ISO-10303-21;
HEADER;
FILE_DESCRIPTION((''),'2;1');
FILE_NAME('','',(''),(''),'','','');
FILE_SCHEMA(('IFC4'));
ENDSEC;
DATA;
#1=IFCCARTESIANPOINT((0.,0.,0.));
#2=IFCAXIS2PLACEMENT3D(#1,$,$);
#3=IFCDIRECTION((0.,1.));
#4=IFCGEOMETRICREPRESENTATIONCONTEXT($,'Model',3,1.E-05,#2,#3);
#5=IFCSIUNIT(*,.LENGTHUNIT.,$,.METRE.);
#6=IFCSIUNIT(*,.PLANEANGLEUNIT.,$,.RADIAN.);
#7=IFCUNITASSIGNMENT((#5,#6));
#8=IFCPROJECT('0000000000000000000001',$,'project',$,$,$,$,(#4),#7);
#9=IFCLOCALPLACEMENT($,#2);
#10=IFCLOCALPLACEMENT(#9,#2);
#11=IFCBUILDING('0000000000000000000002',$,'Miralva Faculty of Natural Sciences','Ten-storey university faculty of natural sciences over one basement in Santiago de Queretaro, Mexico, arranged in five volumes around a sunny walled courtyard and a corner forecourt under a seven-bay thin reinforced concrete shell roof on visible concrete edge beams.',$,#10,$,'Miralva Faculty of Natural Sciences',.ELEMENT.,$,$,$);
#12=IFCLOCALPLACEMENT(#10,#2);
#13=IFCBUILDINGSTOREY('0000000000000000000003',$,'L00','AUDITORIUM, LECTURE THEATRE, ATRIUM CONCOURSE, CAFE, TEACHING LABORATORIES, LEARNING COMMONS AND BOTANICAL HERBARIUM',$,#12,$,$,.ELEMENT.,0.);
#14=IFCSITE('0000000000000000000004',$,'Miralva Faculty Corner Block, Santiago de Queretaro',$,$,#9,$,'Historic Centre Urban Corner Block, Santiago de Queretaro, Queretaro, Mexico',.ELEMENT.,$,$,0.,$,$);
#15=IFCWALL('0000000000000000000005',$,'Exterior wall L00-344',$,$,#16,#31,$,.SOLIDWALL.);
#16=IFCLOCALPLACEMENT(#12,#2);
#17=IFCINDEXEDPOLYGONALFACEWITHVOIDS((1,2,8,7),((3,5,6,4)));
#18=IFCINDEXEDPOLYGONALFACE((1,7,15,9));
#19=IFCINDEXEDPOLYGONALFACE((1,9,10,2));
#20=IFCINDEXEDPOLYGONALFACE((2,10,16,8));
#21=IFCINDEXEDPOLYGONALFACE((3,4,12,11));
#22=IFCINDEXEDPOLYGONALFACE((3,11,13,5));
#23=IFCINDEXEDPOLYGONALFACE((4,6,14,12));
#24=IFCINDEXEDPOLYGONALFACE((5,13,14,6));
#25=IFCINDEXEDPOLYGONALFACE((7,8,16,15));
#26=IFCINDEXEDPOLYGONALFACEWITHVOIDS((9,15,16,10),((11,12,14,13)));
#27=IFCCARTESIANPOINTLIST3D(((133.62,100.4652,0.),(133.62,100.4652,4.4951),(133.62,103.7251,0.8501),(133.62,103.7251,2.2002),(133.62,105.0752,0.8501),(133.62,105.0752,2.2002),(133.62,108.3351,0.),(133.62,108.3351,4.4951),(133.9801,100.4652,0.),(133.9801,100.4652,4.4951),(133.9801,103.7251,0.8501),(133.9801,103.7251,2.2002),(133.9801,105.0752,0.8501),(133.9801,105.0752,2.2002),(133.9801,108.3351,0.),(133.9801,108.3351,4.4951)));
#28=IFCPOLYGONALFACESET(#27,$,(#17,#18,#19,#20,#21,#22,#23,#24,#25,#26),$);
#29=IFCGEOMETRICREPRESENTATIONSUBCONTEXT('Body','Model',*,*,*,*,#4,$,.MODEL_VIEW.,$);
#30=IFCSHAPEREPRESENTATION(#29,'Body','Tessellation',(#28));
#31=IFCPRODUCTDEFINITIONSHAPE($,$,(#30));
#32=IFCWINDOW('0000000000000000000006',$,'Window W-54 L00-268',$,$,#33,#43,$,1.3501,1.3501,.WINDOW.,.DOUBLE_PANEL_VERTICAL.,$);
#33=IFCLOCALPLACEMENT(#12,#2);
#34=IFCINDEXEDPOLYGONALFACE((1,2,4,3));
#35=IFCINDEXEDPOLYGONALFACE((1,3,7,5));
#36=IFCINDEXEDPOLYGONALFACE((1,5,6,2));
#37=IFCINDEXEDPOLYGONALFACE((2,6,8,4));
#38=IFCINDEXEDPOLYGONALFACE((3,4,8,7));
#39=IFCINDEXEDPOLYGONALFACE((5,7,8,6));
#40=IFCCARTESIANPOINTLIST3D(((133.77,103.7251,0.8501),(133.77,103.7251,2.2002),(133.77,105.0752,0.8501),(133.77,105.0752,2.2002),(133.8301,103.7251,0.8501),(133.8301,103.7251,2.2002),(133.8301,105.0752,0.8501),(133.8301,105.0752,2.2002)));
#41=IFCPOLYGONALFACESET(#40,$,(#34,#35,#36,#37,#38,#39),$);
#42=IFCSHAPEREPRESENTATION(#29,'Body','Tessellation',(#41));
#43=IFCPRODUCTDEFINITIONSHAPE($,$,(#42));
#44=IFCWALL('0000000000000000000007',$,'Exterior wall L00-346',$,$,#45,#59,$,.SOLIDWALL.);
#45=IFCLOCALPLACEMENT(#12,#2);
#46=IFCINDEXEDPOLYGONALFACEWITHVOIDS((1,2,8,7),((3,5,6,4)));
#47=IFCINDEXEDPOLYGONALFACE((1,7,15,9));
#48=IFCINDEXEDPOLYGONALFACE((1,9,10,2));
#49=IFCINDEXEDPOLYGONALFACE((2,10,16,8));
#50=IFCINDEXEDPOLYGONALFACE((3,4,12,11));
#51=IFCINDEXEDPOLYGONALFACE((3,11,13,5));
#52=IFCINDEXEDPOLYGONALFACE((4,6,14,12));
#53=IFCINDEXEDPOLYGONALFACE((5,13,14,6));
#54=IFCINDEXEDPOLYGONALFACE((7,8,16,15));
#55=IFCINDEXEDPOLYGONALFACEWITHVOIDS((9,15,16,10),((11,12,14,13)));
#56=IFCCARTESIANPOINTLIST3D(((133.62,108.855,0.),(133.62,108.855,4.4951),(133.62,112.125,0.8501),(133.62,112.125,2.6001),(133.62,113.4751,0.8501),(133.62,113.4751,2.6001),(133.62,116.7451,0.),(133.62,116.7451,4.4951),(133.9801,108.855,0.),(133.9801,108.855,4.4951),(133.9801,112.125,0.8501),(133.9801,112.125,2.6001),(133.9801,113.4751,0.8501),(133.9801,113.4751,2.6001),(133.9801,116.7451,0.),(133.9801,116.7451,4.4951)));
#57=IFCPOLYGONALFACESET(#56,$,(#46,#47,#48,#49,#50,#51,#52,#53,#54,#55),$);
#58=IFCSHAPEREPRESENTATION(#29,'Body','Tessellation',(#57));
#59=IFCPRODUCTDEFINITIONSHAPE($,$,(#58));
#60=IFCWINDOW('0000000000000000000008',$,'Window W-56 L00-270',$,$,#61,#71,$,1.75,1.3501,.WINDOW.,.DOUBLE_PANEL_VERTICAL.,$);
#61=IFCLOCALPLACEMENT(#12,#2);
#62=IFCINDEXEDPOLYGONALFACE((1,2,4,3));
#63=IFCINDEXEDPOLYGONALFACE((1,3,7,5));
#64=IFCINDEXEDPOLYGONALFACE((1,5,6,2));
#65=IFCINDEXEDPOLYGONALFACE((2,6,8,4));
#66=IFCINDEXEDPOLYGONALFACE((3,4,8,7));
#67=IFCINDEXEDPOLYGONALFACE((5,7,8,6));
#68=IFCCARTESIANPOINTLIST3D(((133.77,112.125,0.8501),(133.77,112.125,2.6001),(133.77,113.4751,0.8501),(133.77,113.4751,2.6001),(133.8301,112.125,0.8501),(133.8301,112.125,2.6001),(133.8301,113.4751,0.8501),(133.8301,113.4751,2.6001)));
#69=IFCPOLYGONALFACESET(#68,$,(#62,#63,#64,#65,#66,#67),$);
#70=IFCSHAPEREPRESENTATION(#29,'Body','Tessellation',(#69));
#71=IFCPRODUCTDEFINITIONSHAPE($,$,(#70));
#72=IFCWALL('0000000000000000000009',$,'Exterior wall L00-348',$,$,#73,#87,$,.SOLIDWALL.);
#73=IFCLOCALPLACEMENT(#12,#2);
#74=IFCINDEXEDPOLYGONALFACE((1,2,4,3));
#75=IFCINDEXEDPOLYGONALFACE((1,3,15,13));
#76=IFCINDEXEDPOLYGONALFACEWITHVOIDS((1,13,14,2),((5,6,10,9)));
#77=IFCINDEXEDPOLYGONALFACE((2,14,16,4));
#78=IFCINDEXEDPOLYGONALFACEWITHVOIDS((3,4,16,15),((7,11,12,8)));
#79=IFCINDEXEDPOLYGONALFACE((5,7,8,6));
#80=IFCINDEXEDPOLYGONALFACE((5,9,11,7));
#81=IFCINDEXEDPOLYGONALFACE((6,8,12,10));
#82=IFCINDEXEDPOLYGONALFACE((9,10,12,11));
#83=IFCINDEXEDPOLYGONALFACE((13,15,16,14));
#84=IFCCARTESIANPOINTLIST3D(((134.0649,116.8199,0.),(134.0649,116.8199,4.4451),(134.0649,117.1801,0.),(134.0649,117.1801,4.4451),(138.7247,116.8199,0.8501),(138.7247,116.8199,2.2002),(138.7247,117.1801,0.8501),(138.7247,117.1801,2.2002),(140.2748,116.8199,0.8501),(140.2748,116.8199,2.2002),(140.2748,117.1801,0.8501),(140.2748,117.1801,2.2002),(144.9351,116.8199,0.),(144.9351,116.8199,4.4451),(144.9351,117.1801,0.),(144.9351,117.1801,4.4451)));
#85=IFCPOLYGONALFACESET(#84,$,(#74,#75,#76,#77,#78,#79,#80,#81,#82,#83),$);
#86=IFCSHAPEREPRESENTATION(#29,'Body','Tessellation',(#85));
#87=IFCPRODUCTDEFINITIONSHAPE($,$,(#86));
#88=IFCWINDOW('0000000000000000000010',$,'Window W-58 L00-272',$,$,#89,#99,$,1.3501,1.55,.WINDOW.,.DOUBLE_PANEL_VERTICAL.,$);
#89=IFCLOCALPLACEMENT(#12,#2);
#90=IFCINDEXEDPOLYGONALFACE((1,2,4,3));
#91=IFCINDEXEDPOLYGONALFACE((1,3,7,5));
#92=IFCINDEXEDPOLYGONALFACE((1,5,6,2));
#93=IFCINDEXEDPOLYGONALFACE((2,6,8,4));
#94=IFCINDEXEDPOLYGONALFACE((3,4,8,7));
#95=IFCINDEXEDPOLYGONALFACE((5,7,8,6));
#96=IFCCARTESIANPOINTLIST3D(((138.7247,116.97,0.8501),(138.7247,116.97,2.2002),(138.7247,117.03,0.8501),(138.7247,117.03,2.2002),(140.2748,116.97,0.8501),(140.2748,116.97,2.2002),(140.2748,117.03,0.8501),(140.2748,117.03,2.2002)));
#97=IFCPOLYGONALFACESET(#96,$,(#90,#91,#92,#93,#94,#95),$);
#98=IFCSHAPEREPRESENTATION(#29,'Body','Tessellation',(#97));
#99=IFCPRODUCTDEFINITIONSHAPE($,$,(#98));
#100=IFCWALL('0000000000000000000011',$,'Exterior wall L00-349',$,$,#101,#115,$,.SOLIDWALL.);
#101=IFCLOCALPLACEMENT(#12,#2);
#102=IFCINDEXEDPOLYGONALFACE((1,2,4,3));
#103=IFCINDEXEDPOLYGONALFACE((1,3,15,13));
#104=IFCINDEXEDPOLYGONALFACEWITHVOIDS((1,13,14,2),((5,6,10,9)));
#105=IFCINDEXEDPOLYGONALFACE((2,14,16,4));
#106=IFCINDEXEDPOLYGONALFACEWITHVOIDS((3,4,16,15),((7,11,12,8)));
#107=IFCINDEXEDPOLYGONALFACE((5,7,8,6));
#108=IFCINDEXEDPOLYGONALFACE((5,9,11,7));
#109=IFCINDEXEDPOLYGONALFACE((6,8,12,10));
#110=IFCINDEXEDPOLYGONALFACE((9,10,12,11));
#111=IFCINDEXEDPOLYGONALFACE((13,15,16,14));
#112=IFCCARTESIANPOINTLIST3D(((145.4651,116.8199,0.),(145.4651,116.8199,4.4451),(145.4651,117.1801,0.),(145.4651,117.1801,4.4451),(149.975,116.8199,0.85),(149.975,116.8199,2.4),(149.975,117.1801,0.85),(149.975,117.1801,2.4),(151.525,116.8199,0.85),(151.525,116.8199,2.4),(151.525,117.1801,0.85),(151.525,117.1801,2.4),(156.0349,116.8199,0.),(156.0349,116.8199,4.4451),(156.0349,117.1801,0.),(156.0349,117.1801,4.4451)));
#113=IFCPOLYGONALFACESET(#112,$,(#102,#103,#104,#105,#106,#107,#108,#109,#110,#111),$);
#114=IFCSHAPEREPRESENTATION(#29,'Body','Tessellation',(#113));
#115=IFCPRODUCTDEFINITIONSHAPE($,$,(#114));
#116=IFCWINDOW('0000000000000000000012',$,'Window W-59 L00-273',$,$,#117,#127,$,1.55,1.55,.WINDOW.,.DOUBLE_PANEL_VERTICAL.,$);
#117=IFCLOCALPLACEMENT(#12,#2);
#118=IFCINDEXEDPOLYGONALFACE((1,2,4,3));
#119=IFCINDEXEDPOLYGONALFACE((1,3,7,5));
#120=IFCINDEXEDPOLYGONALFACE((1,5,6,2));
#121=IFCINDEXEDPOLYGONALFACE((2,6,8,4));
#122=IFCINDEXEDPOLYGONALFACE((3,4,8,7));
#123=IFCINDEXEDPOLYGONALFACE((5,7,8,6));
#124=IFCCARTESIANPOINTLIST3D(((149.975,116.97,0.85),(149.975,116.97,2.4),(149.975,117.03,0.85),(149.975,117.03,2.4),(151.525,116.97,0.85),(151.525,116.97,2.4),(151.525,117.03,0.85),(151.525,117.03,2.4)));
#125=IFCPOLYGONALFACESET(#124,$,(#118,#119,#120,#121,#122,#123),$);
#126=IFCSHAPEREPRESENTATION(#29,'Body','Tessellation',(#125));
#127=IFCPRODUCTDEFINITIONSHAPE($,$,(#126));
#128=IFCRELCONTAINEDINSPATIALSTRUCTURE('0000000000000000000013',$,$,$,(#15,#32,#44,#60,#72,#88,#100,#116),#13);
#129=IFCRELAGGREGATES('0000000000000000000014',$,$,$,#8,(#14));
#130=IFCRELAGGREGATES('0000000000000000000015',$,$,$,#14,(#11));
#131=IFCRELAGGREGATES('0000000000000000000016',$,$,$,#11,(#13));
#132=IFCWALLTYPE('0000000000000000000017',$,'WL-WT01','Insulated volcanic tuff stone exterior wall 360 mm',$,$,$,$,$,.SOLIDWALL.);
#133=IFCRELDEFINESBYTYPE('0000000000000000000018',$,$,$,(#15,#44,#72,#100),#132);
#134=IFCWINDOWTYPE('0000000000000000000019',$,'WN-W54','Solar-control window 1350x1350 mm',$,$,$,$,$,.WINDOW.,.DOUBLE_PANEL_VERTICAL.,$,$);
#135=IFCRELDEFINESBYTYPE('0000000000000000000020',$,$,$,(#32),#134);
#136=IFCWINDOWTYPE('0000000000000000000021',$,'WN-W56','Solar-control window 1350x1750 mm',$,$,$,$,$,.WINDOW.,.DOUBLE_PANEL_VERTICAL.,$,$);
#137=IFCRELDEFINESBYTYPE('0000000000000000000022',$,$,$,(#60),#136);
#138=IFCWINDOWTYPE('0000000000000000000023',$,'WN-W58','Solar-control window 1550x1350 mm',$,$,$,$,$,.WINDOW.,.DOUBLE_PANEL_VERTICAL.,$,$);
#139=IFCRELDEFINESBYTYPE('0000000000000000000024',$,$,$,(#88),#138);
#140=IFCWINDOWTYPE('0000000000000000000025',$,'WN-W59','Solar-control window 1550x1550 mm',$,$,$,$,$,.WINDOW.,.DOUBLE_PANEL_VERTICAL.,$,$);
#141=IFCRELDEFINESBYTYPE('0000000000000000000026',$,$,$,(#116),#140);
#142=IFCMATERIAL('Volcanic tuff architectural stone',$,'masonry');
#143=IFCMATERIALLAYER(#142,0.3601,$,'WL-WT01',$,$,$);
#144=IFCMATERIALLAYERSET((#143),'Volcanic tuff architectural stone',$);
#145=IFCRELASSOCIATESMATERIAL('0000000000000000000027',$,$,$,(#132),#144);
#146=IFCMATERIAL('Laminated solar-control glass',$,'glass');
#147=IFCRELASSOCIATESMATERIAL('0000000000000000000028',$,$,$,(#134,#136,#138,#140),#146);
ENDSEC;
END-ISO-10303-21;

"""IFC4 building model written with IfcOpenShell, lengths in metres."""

from ifc_helpers import new_model, si_unit, direction, frame, frame_2d, origin, place, context, subcontext, project, spatial, rectangle, extrude, material, layer, layer_set, type_object, element, fill, save


model = new_model("IFC4")

# Units and contexts
model_context = context("Model", 3, precision=1e-05, world=origin(), true_north=direction((0.0, 1.0)))
body_context = subcontext(model_context, "Body", "Model", "MODEL_VIEW")
ifc_project = project(units=[si_unit("LENGTHUNIT", "METRE"), si_unit("PLANEANGLEUNIT", "RADIAN")], contexts=[model_context])

# Site, building, storey
site_placement = place(None, origin())
site = spatial("IfcSite", under=ifc_project, at=site_placement, Name="Miralva Faculty Corner Block, Santiago de Queretaro", LongName="Historic Centre Urban Corner Block, Santiago de Queretaro, Queretaro, Mexico", CompositionType="ELEMENT", RefElevation=0.0)
building_placement = place(site_placement, origin())
building = spatial("IfcBuilding", under=site, at=building_placement, Name="Miralva Faculty of Natural Sciences", Description="Ten-storey university faculty of natural sciences over one basement in Santiago de Queretaro, Mexico, arranged in five volumes around a sunny walled courtyard and a corner forecourt under a seven-bay thin reinforced concrete shell roof on visible concrete edge beams.", LongName="Miralva Faculty of Natural Sciences", CompositionType="ELEMENT")
storey_placement = place(building_placement, origin())
storey = spatial("IfcBuildingStorey", under=building, at=storey_placement, Name="L00", Description="AUDITORIUM, LECTURE THEATRE, ATRIUM CONCOURSE, CAFE, TEACHING LABORATORIES, LEARNING COMMONS AND BOTANICAL HERBARIUM", CompositionType="ELEMENT", Elevation=0.0)

# Walls, openings, windows
ifc_material_1 = material(Name="Volcanic tuff architectural stone", Category="masonry")
ifc_layer_1 = layer(ifc_material_1, 0.3601, Name="WL-WT01")
ifc_layer_set_1 = layer_set([ifc_layer_1], Name="Volcanic tuff architectural stone")
wall_type_1 = type_object("IfcWallType", Name="WL-WT01", Description="Insulated volcanic tuff stone exterior wall 360 mm", PredefinedType="SOLIDWALL", material=ifc_layer_set_1)
wall_1_placement = place(storey_placement, frame((133.8, 100.4651, 0.0), z_axis=(0.0, 0.0, 1.0), x_axis=(0.0, 1.0, 0.0)))
wall_1 = element("IfcWall", 1, at=wall_1_placement, inside=storey, type_object=wall_type_1, Name="Exterior wall L00-344", PredefinedType="SOLIDWALL", context=body_context, shape_type="SweptSolid", body=[
    extrude(rectangle(XDim=7.8699, YDim=0.3601, at=frame_2d((3.9351, 0.0))), origin(), (0.0, 0.0, 1.0), 4.4951),
])
opening_1_placement = place(wall_1_placement, frame((3.26, 0.0, 0.8501)))
opening_1 = element("IfcOpeningElement", 2, at=opening_1_placement, cuts=wall_1, PredefinedType="OPENING", context=body_context, shape_type="SweptSolid", body=[
    extrude(rectangle(XDim=1.3501, YDim=1.3501, at=frame_2d((0.675, 0.675))), frame((0.0, 0.1899, 0.0), z_axis=(0.0, -1.0, 0.0), x_axis=(1.0, 0.0, 0.0)), (0.0, 0.0, 1.0), 0.3801),
])
ifc_material_2 = material(Name="Laminated solar-control glass", Category="glass")
window_type_1 = type_object("IfcWindowType", Name="WN-W54", Description="Solar-control window 1350x1350 mm", PartitioningType="DOUBLE_PANEL_VERTICAL", PredefinedType="WINDOW", material=ifc_material_2)
window_1_placement = place(opening_1_placement, origin())
window_1 = element("IfcWindow", 3, at=window_1_placement, inside=storey, type_object=window_type_1, Name="Window W-54 L00-268", OverallHeight=1.3501, OverallWidth=1.3501, PartitioningType="DOUBLE_PANEL_VERTICAL", PredefinedType="WINDOW", context=body_context, shape_type="SweptSolid", body=[
    extrude(rectangle(XDim=1.3501, YDim=1.3501, at=frame_2d((0.675, 0.675))), frame((0.0, 0.03, 0.0), z_axis=(0.0, -1.0, 0.0), x_axis=(1.0, 0.0, 0.0)), (0.0, 0.0, 1.0), 0.0601),
])
fill(opening_1, window_1)
wall_2_placement = place(storey_placement, frame((133.8, 108.855, 0.0), z_axis=(0.0, 0.0, 1.0), x_axis=(0.0, 1.0, 0.0)))
wall_2 = element("IfcWall", 4, at=wall_2_placement, inside=storey, type_object=wall_type_1, Name="Exterior wall L00-346", PredefinedType="SOLIDWALL", context=body_context, shape_type="SweptSolid", body=[
    extrude(rectangle(XDim=7.8901, YDim=0.3601, at=frame_2d((3.9451, 0.0))), origin(), (0.0, 0.0, 1.0), 4.4951),
])
opening_2_placement = place(wall_2_placement, frame((3.27, 0.0, 0.8501)))
opening_2 = element("IfcOpeningElement", 5, at=opening_2_placement, cuts=wall_2, PredefinedType="OPENING", context=body_context, shape_type="SweptSolid", body=[
    extrude(rectangle(XDim=1.3501, YDim=1.75, at=frame_2d((0.675, 0.875))), frame((0.0, 0.1899, 0.0), z_axis=(0.0, -1.0, 0.0), x_axis=(1.0, 0.0, 0.0)), (0.0, 0.0, 1.0), 0.3801),
])
window_type_2 = type_object("IfcWindowType", Name="WN-W56", Description="Solar-control window 1350x1750 mm", PartitioningType="DOUBLE_PANEL_VERTICAL", PredefinedType="WINDOW", material=ifc_material_2)
window_2_placement = place(opening_2_placement, origin())
window_2 = element("IfcWindow", 6, at=window_2_placement, inside=storey, type_object=window_type_2, Name="Window W-56 L00-270", OverallHeight=1.75, OverallWidth=1.3501, PartitioningType="DOUBLE_PANEL_VERTICAL", PredefinedType="WINDOW", context=body_context, shape_type="SweptSolid", body=[
    extrude(rectangle(XDim=1.3501, YDim=1.75, at=frame_2d((0.675, 0.875))), frame((0.0, 0.03, 0.0), z_axis=(0.0, -1.0, 0.0), x_axis=(1.0, 0.0, 0.0)), (0.0, 0.0, 1.0), 0.0601),
])
fill(opening_2, window_2)
wall_3_placement = place(storey_placement, frame((134.0649, 117.0, 0.0), z_axis=(0.0, 0.0, 1.0), x_axis=(1.0, 0.0, 0.0)))
wall_3 = element("IfcWall", 7, at=wall_3_placement, inside=storey, type_object=wall_type_1, Name="Exterior wall L00-348", PredefinedType="SOLIDWALL", context=body_context, shape_type="SweptSolid", body=[
    extrude(rectangle(XDim=10.8701, YDim=0.3601, at=frame_2d((5.4351, 0.0))), origin(), (0.0, 0.0, 1.0), 4.4451),
])
opening_3_placement = place(wall_3_placement, frame((4.6599, 0.0, 0.8501)))
opening_3 = element("IfcOpeningElement", 8, at=opening_3_placement, cuts=wall_3, PredefinedType="OPENING", context=body_context, shape_type="SweptSolid", body=[
    extrude(rectangle(XDim=1.55, YDim=1.3501, at=frame_2d((0.7749, 0.675))), frame((0.0, 0.1899, 0.0), z_axis=(0.0, -1.0, 0.0), x_axis=(1.0, 0.0, 0.0)), (0.0, 0.0, 1.0), 0.3801),
])
window_type_3 = type_object("IfcWindowType", Name="WN-W58", Description="Solar-control window 1550x1350 mm", PartitioningType="DOUBLE_PANEL_VERTICAL", PredefinedType="WINDOW", material=ifc_material_2)
window_3_placement = place(opening_3_placement, origin())
window_3 = element("IfcWindow", 9, at=window_3_placement, inside=storey, type_object=window_type_3, Name="Window W-58 L00-272", OverallHeight=1.3501, OverallWidth=1.55, PartitioningType="DOUBLE_PANEL_VERTICAL", PredefinedType="WINDOW", context=body_context, shape_type="SweptSolid", body=[
    extrude(rectangle(XDim=1.55, YDim=1.3501, at=frame_2d((0.7749, 0.675))), frame((0.0, 0.03, 0.0), z_axis=(0.0, -1.0, 0.0), x_axis=(1.0, 0.0, 0.0)), (0.0, 0.0, 1.0), 0.0601),
])
fill(opening_3, window_3)
wall_4_placement = place(storey_placement, frame((145.4651, 117.0, 0.0), z_axis=(0.0, 0.0, 1.0), x_axis=(1.0, 0.0, 0.0)))
wall_4 = element("IfcWall", 10, at=wall_4_placement, inside=storey, type_object=wall_type_1, Name="Exterior wall L00-349", PredefinedType="SOLIDWALL", context=body_context, shape_type="SweptSolid", body=[
    extrude(rectangle(XDim=10.5698, YDim=0.3601, at=frame_2d((5.2849, 0.0))), origin(), (0.0, 0.0, 1.0), 4.4451),
])
opening_4_placement = place(wall_4_placement, frame((4.51, 0.0, 0.8501)))
opening_4 = element("IfcOpeningElement", 11, at=opening_4_placement, cuts=wall_4, PredefinedType="OPENING", context=body_context, shape_type="SweptSolid", body=[
    extrude(rectangle(XDim=1.55, YDim=1.55, at=frame_2d((0.7749, 0.7749))), frame((0.0, 0.1899, 0.0), z_axis=(0.0, -1.0, 0.0), x_axis=(1.0, 0.0, 0.0)), (0.0, 0.0, 1.0), 0.3801),
])
window_type_4 = type_object("IfcWindowType", Name="WN-W59", Description="Solar-control window 1550x1550 mm", PartitioningType="DOUBLE_PANEL_VERTICAL", PredefinedType="WINDOW", material=ifc_material_2)
window_4_placement = place(opening_4_placement, origin())
window_4 = element("IfcWindow", 12, at=window_4_placement, inside=storey, type_object=window_type_4, Name="Window W-59 L00-273", OverallHeight=1.55, OverallWidth=1.55, PartitioningType="DOUBLE_PANEL_VERTICAL", PredefinedType="WINDOW", context=body_context, shape_type="SweptSolid", body=[
    extrude(rectangle(XDim=1.55, YDim=1.55, at=frame_2d((0.7749, 0.7749))), frame((0.0, 0.03, 0.0), z_axis=(0.0, -1.0, 0.0), x_axis=(1.0, 0.0, 0.0)), (0.0, 0.0, 1.0), 0.0601),
])
fill(opening_4, window_4)

save(model, "model.ifc")
